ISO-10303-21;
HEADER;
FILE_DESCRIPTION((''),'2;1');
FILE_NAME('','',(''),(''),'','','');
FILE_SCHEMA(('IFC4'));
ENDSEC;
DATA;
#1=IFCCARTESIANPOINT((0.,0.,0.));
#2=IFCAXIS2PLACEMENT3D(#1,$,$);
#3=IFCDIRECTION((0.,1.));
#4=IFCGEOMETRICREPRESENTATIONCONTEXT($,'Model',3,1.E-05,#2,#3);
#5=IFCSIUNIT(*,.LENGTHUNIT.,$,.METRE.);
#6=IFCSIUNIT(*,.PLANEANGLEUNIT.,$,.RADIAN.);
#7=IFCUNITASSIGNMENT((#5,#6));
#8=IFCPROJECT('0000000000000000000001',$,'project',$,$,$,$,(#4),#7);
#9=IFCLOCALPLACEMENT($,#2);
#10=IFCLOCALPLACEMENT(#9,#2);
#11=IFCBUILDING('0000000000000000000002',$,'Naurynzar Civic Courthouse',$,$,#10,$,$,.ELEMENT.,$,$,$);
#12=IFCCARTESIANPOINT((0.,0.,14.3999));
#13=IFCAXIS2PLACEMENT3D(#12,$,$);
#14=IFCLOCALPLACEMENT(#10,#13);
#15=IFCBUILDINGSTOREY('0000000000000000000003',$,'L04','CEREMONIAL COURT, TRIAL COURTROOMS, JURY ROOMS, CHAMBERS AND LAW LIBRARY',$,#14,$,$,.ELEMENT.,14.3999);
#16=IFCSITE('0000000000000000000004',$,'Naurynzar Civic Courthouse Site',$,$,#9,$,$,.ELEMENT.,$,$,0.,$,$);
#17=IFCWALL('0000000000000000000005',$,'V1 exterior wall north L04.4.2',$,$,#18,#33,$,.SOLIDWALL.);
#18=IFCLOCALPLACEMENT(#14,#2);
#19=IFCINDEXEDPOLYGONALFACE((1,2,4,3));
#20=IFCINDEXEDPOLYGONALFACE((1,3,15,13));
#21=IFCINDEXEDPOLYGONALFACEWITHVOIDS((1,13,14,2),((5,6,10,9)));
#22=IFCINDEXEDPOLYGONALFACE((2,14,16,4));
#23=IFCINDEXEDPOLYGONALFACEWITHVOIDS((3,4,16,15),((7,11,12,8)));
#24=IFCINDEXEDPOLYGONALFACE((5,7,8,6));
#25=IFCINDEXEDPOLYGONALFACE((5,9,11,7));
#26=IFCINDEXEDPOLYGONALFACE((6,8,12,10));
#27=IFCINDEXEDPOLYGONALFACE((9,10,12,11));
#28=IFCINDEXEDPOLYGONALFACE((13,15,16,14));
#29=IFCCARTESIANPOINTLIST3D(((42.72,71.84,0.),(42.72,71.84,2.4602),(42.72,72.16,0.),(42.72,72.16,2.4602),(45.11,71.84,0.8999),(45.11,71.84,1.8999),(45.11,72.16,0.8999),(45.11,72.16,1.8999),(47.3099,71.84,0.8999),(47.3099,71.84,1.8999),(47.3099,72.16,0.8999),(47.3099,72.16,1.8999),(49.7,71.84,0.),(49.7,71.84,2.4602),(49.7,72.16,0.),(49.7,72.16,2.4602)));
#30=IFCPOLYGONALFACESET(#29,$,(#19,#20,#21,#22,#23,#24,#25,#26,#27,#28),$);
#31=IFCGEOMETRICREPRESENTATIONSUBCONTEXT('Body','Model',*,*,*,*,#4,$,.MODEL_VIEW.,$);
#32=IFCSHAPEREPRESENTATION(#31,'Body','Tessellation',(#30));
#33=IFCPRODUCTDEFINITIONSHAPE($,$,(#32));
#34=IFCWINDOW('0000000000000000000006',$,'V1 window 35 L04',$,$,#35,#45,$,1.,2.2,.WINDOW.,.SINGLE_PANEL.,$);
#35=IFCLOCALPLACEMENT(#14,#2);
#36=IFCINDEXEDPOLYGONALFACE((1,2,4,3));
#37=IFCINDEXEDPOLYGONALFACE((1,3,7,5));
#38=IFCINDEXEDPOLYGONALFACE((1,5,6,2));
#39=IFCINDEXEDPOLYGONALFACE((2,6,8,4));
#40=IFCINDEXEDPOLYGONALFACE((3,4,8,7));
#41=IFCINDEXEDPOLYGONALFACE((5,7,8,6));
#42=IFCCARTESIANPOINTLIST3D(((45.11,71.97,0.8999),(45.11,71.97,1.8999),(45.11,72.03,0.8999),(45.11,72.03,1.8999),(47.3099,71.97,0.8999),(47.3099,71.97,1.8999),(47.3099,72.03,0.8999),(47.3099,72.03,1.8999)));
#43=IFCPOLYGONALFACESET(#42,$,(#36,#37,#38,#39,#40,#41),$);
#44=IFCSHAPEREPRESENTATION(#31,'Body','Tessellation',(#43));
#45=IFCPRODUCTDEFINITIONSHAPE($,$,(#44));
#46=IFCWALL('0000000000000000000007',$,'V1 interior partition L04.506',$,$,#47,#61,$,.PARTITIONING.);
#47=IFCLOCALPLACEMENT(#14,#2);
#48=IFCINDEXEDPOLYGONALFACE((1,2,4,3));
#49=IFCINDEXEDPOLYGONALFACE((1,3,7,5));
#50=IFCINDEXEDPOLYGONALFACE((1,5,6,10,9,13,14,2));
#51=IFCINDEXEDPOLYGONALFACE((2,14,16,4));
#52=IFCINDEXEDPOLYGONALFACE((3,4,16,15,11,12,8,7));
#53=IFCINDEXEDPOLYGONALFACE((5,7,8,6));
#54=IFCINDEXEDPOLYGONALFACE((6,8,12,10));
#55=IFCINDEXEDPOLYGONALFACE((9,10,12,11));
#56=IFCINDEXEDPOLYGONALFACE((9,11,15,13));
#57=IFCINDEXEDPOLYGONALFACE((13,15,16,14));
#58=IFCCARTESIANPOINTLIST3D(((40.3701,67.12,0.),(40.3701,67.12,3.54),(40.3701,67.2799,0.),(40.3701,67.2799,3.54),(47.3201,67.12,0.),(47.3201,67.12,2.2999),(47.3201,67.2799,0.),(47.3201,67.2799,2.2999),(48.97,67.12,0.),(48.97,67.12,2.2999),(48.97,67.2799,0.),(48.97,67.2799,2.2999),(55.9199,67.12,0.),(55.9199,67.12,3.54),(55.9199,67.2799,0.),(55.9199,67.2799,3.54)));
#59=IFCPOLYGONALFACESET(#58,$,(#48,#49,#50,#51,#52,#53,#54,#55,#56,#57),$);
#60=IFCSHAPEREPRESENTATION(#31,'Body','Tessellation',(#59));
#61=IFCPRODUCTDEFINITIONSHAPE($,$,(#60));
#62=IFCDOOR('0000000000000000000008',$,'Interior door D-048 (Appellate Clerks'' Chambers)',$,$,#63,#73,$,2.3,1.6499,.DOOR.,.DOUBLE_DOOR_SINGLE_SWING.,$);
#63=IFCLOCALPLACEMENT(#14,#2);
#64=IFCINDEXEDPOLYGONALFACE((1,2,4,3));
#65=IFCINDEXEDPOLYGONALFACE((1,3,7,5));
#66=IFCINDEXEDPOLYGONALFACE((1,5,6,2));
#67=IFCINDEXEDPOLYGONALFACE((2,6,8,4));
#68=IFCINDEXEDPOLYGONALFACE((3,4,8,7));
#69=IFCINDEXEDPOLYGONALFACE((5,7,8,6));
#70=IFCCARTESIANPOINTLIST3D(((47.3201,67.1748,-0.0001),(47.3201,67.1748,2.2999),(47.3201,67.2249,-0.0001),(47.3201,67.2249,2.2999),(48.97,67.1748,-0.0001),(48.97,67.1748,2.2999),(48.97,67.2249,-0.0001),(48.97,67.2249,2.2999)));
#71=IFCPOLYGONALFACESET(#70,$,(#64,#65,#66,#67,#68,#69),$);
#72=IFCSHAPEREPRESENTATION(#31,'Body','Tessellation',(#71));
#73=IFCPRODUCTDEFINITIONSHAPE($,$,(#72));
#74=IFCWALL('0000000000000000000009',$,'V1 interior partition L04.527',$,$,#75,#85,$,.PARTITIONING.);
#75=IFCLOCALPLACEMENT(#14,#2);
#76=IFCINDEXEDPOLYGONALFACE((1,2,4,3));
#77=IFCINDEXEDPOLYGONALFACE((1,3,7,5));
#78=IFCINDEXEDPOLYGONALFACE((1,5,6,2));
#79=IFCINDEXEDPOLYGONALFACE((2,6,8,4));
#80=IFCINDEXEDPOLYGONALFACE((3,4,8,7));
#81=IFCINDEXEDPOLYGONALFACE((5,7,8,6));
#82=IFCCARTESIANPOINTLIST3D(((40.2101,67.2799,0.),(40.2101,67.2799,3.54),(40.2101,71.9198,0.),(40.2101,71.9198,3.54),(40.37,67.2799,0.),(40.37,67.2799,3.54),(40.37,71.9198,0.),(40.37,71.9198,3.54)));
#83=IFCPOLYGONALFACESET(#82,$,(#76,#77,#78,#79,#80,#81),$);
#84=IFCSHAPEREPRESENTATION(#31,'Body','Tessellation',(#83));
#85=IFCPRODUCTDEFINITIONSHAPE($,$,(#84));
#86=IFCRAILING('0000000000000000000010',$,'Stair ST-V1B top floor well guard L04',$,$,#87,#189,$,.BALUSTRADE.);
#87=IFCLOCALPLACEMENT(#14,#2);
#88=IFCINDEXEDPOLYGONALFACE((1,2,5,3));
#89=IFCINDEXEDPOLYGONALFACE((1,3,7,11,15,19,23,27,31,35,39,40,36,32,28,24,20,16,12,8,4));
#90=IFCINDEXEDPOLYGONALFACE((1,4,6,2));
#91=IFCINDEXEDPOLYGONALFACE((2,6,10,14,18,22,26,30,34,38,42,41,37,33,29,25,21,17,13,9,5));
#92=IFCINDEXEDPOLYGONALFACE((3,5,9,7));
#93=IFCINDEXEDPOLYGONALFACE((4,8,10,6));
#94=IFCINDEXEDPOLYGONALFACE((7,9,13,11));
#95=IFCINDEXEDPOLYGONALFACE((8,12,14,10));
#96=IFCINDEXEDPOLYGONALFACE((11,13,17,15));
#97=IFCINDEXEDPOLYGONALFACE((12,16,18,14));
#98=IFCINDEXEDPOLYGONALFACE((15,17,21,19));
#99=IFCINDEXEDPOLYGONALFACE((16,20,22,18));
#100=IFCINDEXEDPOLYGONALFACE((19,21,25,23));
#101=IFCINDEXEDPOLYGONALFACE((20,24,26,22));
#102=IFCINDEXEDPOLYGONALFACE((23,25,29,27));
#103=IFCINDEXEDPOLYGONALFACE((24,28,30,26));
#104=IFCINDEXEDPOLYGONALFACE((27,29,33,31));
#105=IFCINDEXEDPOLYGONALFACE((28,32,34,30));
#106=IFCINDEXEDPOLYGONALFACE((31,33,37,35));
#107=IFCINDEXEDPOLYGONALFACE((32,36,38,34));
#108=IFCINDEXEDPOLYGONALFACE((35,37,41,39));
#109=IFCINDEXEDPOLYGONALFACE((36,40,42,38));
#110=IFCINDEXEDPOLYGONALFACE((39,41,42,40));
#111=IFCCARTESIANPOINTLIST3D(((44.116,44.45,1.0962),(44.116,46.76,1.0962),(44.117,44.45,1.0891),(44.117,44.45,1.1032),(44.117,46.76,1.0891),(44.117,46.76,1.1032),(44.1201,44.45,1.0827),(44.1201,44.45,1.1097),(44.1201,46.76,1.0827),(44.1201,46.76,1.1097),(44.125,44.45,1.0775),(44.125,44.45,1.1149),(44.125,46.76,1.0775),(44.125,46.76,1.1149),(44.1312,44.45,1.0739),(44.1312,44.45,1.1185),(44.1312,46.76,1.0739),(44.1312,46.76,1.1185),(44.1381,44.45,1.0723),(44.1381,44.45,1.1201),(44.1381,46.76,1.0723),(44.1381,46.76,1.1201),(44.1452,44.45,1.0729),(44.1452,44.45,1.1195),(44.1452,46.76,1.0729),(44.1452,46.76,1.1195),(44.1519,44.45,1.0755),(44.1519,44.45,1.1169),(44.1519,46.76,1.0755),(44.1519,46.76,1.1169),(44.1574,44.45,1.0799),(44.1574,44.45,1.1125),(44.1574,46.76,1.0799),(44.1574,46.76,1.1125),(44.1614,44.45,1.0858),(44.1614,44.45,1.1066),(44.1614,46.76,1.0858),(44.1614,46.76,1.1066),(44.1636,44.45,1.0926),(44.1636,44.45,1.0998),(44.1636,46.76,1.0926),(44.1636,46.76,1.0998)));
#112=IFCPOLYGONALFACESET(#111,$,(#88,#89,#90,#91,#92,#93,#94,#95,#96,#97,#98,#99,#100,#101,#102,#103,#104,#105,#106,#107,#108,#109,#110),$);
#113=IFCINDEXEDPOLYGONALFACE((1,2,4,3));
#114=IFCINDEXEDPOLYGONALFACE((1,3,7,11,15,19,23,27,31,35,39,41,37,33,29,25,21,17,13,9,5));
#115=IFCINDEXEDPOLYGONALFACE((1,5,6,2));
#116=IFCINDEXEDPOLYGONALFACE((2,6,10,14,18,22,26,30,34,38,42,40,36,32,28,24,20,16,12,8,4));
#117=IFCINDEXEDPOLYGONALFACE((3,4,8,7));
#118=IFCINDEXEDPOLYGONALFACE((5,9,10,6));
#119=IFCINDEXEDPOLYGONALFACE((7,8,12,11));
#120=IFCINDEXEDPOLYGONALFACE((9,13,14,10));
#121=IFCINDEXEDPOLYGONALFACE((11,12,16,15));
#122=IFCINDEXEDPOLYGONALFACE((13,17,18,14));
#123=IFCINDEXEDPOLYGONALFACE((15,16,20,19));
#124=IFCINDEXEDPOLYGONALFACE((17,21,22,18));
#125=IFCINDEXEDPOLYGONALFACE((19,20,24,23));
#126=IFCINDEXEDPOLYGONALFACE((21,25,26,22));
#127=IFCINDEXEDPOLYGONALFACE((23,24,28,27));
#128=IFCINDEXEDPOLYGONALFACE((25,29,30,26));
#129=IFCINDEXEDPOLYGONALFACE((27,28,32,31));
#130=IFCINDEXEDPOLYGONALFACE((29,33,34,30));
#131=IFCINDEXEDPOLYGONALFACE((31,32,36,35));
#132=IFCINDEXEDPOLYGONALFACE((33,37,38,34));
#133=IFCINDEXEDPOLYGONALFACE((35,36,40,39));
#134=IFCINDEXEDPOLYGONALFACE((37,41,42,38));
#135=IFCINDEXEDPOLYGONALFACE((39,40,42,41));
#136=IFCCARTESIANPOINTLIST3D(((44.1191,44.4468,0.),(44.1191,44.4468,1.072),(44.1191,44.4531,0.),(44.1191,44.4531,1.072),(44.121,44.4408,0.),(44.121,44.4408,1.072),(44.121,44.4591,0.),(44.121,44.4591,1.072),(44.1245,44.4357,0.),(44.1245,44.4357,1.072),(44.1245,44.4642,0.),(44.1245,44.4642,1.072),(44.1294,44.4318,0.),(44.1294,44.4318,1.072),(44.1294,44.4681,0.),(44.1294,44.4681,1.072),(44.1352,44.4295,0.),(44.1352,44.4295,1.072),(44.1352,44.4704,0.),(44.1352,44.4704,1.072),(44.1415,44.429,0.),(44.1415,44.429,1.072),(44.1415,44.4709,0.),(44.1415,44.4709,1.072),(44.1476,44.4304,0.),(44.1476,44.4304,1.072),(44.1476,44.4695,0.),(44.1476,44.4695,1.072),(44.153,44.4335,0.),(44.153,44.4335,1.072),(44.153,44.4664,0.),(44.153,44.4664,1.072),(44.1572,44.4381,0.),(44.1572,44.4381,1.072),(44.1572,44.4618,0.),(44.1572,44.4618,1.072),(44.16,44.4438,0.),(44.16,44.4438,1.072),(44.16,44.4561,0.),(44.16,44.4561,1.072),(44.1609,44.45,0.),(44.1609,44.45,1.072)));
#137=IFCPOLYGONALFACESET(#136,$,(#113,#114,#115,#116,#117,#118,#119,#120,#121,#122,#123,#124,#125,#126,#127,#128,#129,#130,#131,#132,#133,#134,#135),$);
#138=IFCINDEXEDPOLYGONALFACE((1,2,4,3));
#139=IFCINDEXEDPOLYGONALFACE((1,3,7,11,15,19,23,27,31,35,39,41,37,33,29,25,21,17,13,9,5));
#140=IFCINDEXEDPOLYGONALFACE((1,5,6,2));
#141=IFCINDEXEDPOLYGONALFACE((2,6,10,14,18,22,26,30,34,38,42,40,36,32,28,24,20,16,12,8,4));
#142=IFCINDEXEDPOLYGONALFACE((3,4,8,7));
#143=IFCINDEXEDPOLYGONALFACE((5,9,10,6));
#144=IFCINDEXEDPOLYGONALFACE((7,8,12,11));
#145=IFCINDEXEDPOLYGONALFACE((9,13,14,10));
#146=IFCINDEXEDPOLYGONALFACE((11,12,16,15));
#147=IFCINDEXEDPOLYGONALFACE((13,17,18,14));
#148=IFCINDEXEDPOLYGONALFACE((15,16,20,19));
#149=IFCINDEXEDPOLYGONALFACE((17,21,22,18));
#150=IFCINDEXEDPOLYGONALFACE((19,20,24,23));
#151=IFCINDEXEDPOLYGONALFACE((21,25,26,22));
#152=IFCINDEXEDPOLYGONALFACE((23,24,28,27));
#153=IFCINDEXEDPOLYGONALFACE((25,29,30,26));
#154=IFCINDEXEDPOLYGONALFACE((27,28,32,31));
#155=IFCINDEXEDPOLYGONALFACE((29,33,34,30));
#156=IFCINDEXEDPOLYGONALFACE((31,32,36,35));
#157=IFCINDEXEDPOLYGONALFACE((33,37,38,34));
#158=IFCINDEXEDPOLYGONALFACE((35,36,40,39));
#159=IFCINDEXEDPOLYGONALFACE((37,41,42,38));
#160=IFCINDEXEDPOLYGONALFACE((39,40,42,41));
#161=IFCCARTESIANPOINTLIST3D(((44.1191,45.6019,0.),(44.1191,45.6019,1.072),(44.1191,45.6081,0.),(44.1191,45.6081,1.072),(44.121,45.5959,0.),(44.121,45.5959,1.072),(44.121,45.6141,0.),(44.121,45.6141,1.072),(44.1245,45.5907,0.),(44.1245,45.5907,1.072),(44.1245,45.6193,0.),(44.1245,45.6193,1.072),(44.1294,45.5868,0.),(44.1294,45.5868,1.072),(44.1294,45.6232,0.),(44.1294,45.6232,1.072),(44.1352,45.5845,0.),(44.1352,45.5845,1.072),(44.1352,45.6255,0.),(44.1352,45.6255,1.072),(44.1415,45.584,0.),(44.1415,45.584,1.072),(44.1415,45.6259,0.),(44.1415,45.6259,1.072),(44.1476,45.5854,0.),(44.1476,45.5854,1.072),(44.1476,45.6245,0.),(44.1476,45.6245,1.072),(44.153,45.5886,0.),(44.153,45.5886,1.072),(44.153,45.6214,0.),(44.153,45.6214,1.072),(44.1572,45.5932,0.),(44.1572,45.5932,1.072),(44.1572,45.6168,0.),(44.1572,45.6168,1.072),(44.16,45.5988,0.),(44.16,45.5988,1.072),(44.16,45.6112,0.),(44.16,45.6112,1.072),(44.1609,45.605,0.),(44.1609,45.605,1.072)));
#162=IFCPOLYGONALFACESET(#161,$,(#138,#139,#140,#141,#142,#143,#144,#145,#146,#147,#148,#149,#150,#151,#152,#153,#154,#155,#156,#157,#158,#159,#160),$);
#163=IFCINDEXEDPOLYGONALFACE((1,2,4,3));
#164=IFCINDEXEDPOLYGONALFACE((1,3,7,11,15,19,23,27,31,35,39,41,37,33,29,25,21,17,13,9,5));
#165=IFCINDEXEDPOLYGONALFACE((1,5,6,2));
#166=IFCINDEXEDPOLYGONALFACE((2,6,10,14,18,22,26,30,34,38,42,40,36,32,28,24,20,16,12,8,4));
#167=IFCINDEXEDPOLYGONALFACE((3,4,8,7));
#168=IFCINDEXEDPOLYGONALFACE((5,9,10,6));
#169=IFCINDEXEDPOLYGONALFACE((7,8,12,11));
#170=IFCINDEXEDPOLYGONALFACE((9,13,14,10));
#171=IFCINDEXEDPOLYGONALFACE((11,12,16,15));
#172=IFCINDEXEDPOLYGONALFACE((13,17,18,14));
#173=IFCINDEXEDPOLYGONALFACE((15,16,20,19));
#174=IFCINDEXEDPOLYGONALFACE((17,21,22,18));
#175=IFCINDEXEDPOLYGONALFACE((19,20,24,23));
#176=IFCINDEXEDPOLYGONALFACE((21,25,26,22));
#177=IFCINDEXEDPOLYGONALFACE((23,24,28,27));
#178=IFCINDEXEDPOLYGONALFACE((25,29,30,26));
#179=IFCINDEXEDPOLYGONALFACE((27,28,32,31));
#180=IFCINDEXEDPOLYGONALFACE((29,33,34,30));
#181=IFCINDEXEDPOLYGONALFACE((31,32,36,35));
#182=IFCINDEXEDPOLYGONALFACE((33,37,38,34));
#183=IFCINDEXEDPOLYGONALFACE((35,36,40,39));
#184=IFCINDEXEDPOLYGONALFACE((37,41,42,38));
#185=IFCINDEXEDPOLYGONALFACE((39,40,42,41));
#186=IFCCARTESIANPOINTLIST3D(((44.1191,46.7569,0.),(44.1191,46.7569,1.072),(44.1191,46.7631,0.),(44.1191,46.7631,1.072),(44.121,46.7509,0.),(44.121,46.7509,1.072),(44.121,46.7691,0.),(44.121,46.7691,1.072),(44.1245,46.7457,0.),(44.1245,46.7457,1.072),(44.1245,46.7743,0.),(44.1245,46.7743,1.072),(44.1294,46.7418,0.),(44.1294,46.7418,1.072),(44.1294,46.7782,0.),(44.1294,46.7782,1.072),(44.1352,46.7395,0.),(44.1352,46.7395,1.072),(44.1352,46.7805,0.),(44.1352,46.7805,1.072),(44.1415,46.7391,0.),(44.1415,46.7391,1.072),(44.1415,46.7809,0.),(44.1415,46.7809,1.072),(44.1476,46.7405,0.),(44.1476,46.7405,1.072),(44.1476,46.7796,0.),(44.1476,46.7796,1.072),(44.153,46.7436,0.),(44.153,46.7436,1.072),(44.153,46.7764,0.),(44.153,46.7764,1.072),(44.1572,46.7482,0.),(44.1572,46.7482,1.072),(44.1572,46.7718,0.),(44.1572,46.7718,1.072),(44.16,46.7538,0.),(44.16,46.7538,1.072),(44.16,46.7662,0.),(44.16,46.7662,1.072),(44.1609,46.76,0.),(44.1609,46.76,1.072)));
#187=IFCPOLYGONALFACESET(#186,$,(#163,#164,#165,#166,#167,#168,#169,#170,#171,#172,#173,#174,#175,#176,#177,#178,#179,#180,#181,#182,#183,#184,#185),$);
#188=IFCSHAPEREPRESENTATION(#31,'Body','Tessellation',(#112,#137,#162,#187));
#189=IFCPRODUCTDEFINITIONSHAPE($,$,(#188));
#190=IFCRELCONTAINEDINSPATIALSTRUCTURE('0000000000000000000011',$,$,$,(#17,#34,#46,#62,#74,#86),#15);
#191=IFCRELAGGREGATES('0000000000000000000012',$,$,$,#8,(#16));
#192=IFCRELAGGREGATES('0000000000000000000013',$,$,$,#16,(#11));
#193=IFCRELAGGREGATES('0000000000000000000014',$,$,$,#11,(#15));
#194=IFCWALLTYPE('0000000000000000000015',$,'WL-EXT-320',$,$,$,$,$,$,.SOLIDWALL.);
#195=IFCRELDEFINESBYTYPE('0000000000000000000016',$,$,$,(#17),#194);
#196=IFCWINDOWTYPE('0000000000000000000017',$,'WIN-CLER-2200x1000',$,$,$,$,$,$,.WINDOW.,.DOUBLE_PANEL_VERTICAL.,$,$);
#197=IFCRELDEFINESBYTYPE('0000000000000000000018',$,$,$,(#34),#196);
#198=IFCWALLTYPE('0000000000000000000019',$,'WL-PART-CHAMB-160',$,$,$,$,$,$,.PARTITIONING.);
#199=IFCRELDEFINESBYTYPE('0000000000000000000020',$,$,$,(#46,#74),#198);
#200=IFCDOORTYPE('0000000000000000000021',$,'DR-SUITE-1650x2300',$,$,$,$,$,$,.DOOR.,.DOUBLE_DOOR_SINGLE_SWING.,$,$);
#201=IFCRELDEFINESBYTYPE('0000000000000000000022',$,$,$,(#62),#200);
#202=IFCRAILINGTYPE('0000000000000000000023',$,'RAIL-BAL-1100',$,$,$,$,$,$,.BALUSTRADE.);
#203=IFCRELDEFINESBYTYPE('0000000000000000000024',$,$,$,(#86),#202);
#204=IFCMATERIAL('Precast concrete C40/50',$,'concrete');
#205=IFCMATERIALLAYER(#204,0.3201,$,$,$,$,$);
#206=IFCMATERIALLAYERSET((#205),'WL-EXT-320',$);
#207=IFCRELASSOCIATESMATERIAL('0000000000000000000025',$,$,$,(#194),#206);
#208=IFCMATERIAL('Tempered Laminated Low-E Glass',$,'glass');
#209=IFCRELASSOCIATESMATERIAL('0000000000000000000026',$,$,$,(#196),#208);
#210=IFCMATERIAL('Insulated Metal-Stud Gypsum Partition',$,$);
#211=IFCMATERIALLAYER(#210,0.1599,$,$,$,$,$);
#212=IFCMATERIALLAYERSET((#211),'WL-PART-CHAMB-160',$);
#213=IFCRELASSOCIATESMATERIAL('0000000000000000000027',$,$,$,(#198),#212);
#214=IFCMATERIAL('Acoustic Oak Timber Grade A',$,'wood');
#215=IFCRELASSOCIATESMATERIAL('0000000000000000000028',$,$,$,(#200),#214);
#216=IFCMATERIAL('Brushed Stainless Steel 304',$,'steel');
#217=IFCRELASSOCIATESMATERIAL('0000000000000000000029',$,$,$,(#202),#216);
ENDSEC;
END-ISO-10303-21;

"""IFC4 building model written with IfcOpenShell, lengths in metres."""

from ifc_helpers import new_model, si_unit, direction, frame, frame_2d, origin, origin_2d, place, context, subcontext, project, spatial, rectangle, circle, extrude, material, layer, layer_set, type_object, element, fill, save


model = new_model("IFC4")

# Units and contexts
model_context = context("Model", 3, precision=1e-05, world=origin(), true_north=direction((0.0, 1.0)))
body_context = subcontext(model_context, "Body", "Model", "MODEL_VIEW")
ifc_project = project(units=[si_unit("LENGTHUNIT", "METRE"), si_unit("PLANEANGLEUNIT", "RADIAN")], contexts=[model_context])

# Site, building, storey
site_placement = place(None, origin())
site = spatial("IfcSite", under=ifc_project, at=site_placement, Name="Naurynzar Civic Courthouse Site", CompositionType="ELEMENT", RefElevation=0.0)
building_placement = place(site_placement, origin())
building = spatial("IfcBuilding", under=site, at=building_placement, Name="Naurynzar Civic Courthouse", CompositionType="ELEMENT")
storey_placement = place(building_placement, frame((0.0, 0.0, 14.3999)))
storey = spatial("IfcBuildingStorey", under=building, at=storey_placement, Name="L04", Description="CEREMONIAL COURT, TRIAL COURTROOMS, JURY ROOMS, CHAMBERS AND LAW LIBRARY", CompositionType="ELEMENT", Elevation=14.3999)

# Wall, opening, window
ifc_material_1 = material(Name="Precast concrete C40/50", Category="concrete")
ifc_layer_1 = layer(ifc_material_1, 0.3201)
ifc_layer_set_1 = layer_set([ifc_layer_1], Name="WL-EXT-320")
wall_type_1 = type_object("IfcWallType", Name="WL-EXT-320", PredefinedType="SOLIDWALL", material=ifc_layer_set_1)
ifc_material_2 = material(Name="Tempered Laminated Low-E Glass", Category="glass")
window_type = type_object("IfcWindowType", Name="WIN-CLER-2200x1000", PartitioningType="DOUBLE_PANEL_VERTICAL", PredefinedType="WINDOW", material=ifc_material_2)
wall_1_placement = place(storey_placement, frame((42.72, 72.0, 0.0), z_axis=(0.0, 0.0, 1.0), x_axis=(1.0, 0.0, 0.0)))
wall_1 = element("IfcWall", 1, at=wall_1_placement, inside=storey, type_object=wall_type_1, Name="V1 exterior wall north L04.4.2", PredefinedType="SOLIDWALL", context=body_context, shape_type="SweptSolid", body=[
    extrude(rectangle(XDim=6.98, YDim=0.3201, at=frame_2d((3.49, 0.0))), origin(), (0.0, 0.0, 1.0), 2.4602),
])
opening_1_placement = place(wall_1_placement, frame((2.3899, 0.0, 0.8999)))
opening_1 = element("IfcOpeningElement", 2, at=opening_1_placement, cuts=wall_1, PredefinedType="OPENING", context=body_context, shape_type="SweptSolid", body=[
    extrude(rectangle(XDim=2.2, YDim=1.0, at=frame_2d((1.1001, 0.5))), frame((0.0, 0.1699, 0.0), z_axis=(0.0, -1.0, 0.0), x_axis=(1.0, 0.0, 0.0)), (0.0, 0.0, 1.0), 0.3401),
])
window_1_placement = place(opening_1_placement, origin())
window_1 = element("IfcWindow", 3, at=window_1_placement, inside=storey, type_object=window_type, Name="V1 window 35 L04", OverallHeight=1.0, OverallWidth=2.2, PartitioningType="SINGLE_PANEL", PredefinedType="WINDOW", context=body_context, shape_type="SweptSolid", body=[
    extrude(rectangle(XDim=2.2, YDim=1.0, at=frame_2d((1.1001, 0.5))), frame((0.0, 0.03, 0.0), z_axis=(0.0, -1.0, 0.0), x_axis=(1.0, 0.0, 0.0)), (0.0, 0.0, 1.0), 0.0601),
])
fill(opening_1, window_1)

# Wall, opening, door
ifc_material_3 = material(Name="Insulated Metal-Stud Gypsum Partition")
ifc_layer_2 = layer(ifc_material_3, 0.1599)
ifc_layer_set_2 = layer_set([ifc_layer_2], Name="WL-PART-CHAMB-160")
wall_type_2 = type_object("IfcWallType", Name="WL-PART-CHAMB-160", PredefinedType="PARTITIONING", material=ifc_layer_set_2)
wall_2_placement = place(storey_placement, frame((40.3701, 67.2, 0.0), z_axis=(0.0, 0.0, 1.0), x_axis=(1.0, 0.0, 0.0)))
wall_2 = element("IfcWall", 4, at=wall_2_placement, inside=storey, type_object=wall_type_2, Name="V1 interior partition L04.506", PredefinedType="PARTITIONING", context=body_context, shape_type="SweptSolid", body=[
    extrude(rectangle(XDim=15.5498, YDim=0.1599, at=frame_2d((7.7749, 0.0))), origin(), (0.0, 0.0, 1.0), 3.54),
])
opening_2_placement = place(wall_2_placement, frame((6.95, 0.0, 0.0)))
opening_2 = element("IfcOpeningElement", 5, at=opening_2_placement, cuts=wall_2, PredefinedType="OPENING", context=body_context, shape_type="SweptSolid", body=[
    extrude(rectangle(XDim=1.6499, YDim=2.3, at=frame_2d((0.825, 1.1499))), frame((0.0, 0.0898, 0.0), z_axis=(0.0, -1.0, 0.0), x_axis=(1.0, 0.0, 0.0)), (0.0, 0.0, 1.0), 0.1799),
])
ifc_material_4 = material(Name="Acoustic Oak Timber Grade A", Category="wood")
door_type_1 = type_object("IfcDoorType", Name="DR-SUITE-1650x2300", OperationType="DOUBLE_DOOR_SINGLE_SWING", PredefinedType="DOOR", material=ifc_material_4)
door_1_placement = place(opening_2_placement, origin())
door_1 = element("IfcDoor", 6, at=door_1_placement, inside=storey, type_object=door_type_1, Name="Interior door D-048 (Appellate Clerks' Chambers)", OperationType="DOUBLE_DOOR_SINGLE_SWING", OverallHeight=2.3, OverallWidth=1.6499, PredefinedType="DOOR", context=body_context, shape_type="SweptSolid", body=[
    extrude(rectangle(XDim=1.6499, YDim=2.3, at=frame_2d((0.825, 1.1499))), frame((0.0, 0.0249, 0.0), z_axis=(0.0, -1.0, 0.0), x_axis=(1.0, 0.0, 0.0)), (0.0, 0.0, 1.0), 0.05),
])
fill(opening_2, door_1)

# Wall
wall_3_placement = place(storey_placement, frame((40.29, 67.28, 0.0), z_axis=(0.0, 0.0, 1.0), x_axis=(0.0, 1.0, 0.0)))
element("IfcWall", 7, at=wall_3_placement, inside=storey, type_object=wall_type_2, Name="V1 interior partition L04.527", PredefinedType="PARTITIONING", context=body_context, shape_type="SweptSolid", body=[
    extrude(rectangle(XDim=4.6399, YDim=0.1599, at=frame_2d((2.3198, 0.0))), origin(), (0.0, 0.0, 1.0), 3.54),
])

# Railing
ifc_material_5 = material(Name="Brushed Stainless Steel 304", Category="steel")
railing_type = type_object("IfcRailingType", Name="RAIL-BAL-1100", PredefinedType="BALUSTRADE", material=ifc_material_5)
railing_placement = place(storey_placement, frame((44.1399, 44.45, 0.0)))
element("IfcRailing", 8, at=railing_placement, inside=storey, type_object=railing_type, Name="Stair ST-V1B top floor well guard L04", PredefinedType="BALUSTRADE", context=body_context, shape_type="SweptSolid", body=[
    extrude(circle(Radius=0.0239, at=origin_2d()), frame((0.0, 0.0, 1.0962), z_axis=(0.0, 1.0, 0.0), x_axis=(-1.0, 0.0, 0.0)), (0.0, 0.0, 1.0), 2.3101),
    extrude(circle(Radius=0.021, at=origin_2d()), origin(), (0.0, 0.0, 1.0), 1.072),
    extrude(circle(Radius=0.021, at=origin_2d()), frame((0.0, 1.155, 0.0)), (0.0, 0.0, 1.0), 1.072),
    extrude(circle(Radius=0.021, at=origin_2d()), frame((0.0, 2.3101, 0.0)), (0.0, 0.0, 1.0), 1.072),
])

save(model, "model.ifc")
